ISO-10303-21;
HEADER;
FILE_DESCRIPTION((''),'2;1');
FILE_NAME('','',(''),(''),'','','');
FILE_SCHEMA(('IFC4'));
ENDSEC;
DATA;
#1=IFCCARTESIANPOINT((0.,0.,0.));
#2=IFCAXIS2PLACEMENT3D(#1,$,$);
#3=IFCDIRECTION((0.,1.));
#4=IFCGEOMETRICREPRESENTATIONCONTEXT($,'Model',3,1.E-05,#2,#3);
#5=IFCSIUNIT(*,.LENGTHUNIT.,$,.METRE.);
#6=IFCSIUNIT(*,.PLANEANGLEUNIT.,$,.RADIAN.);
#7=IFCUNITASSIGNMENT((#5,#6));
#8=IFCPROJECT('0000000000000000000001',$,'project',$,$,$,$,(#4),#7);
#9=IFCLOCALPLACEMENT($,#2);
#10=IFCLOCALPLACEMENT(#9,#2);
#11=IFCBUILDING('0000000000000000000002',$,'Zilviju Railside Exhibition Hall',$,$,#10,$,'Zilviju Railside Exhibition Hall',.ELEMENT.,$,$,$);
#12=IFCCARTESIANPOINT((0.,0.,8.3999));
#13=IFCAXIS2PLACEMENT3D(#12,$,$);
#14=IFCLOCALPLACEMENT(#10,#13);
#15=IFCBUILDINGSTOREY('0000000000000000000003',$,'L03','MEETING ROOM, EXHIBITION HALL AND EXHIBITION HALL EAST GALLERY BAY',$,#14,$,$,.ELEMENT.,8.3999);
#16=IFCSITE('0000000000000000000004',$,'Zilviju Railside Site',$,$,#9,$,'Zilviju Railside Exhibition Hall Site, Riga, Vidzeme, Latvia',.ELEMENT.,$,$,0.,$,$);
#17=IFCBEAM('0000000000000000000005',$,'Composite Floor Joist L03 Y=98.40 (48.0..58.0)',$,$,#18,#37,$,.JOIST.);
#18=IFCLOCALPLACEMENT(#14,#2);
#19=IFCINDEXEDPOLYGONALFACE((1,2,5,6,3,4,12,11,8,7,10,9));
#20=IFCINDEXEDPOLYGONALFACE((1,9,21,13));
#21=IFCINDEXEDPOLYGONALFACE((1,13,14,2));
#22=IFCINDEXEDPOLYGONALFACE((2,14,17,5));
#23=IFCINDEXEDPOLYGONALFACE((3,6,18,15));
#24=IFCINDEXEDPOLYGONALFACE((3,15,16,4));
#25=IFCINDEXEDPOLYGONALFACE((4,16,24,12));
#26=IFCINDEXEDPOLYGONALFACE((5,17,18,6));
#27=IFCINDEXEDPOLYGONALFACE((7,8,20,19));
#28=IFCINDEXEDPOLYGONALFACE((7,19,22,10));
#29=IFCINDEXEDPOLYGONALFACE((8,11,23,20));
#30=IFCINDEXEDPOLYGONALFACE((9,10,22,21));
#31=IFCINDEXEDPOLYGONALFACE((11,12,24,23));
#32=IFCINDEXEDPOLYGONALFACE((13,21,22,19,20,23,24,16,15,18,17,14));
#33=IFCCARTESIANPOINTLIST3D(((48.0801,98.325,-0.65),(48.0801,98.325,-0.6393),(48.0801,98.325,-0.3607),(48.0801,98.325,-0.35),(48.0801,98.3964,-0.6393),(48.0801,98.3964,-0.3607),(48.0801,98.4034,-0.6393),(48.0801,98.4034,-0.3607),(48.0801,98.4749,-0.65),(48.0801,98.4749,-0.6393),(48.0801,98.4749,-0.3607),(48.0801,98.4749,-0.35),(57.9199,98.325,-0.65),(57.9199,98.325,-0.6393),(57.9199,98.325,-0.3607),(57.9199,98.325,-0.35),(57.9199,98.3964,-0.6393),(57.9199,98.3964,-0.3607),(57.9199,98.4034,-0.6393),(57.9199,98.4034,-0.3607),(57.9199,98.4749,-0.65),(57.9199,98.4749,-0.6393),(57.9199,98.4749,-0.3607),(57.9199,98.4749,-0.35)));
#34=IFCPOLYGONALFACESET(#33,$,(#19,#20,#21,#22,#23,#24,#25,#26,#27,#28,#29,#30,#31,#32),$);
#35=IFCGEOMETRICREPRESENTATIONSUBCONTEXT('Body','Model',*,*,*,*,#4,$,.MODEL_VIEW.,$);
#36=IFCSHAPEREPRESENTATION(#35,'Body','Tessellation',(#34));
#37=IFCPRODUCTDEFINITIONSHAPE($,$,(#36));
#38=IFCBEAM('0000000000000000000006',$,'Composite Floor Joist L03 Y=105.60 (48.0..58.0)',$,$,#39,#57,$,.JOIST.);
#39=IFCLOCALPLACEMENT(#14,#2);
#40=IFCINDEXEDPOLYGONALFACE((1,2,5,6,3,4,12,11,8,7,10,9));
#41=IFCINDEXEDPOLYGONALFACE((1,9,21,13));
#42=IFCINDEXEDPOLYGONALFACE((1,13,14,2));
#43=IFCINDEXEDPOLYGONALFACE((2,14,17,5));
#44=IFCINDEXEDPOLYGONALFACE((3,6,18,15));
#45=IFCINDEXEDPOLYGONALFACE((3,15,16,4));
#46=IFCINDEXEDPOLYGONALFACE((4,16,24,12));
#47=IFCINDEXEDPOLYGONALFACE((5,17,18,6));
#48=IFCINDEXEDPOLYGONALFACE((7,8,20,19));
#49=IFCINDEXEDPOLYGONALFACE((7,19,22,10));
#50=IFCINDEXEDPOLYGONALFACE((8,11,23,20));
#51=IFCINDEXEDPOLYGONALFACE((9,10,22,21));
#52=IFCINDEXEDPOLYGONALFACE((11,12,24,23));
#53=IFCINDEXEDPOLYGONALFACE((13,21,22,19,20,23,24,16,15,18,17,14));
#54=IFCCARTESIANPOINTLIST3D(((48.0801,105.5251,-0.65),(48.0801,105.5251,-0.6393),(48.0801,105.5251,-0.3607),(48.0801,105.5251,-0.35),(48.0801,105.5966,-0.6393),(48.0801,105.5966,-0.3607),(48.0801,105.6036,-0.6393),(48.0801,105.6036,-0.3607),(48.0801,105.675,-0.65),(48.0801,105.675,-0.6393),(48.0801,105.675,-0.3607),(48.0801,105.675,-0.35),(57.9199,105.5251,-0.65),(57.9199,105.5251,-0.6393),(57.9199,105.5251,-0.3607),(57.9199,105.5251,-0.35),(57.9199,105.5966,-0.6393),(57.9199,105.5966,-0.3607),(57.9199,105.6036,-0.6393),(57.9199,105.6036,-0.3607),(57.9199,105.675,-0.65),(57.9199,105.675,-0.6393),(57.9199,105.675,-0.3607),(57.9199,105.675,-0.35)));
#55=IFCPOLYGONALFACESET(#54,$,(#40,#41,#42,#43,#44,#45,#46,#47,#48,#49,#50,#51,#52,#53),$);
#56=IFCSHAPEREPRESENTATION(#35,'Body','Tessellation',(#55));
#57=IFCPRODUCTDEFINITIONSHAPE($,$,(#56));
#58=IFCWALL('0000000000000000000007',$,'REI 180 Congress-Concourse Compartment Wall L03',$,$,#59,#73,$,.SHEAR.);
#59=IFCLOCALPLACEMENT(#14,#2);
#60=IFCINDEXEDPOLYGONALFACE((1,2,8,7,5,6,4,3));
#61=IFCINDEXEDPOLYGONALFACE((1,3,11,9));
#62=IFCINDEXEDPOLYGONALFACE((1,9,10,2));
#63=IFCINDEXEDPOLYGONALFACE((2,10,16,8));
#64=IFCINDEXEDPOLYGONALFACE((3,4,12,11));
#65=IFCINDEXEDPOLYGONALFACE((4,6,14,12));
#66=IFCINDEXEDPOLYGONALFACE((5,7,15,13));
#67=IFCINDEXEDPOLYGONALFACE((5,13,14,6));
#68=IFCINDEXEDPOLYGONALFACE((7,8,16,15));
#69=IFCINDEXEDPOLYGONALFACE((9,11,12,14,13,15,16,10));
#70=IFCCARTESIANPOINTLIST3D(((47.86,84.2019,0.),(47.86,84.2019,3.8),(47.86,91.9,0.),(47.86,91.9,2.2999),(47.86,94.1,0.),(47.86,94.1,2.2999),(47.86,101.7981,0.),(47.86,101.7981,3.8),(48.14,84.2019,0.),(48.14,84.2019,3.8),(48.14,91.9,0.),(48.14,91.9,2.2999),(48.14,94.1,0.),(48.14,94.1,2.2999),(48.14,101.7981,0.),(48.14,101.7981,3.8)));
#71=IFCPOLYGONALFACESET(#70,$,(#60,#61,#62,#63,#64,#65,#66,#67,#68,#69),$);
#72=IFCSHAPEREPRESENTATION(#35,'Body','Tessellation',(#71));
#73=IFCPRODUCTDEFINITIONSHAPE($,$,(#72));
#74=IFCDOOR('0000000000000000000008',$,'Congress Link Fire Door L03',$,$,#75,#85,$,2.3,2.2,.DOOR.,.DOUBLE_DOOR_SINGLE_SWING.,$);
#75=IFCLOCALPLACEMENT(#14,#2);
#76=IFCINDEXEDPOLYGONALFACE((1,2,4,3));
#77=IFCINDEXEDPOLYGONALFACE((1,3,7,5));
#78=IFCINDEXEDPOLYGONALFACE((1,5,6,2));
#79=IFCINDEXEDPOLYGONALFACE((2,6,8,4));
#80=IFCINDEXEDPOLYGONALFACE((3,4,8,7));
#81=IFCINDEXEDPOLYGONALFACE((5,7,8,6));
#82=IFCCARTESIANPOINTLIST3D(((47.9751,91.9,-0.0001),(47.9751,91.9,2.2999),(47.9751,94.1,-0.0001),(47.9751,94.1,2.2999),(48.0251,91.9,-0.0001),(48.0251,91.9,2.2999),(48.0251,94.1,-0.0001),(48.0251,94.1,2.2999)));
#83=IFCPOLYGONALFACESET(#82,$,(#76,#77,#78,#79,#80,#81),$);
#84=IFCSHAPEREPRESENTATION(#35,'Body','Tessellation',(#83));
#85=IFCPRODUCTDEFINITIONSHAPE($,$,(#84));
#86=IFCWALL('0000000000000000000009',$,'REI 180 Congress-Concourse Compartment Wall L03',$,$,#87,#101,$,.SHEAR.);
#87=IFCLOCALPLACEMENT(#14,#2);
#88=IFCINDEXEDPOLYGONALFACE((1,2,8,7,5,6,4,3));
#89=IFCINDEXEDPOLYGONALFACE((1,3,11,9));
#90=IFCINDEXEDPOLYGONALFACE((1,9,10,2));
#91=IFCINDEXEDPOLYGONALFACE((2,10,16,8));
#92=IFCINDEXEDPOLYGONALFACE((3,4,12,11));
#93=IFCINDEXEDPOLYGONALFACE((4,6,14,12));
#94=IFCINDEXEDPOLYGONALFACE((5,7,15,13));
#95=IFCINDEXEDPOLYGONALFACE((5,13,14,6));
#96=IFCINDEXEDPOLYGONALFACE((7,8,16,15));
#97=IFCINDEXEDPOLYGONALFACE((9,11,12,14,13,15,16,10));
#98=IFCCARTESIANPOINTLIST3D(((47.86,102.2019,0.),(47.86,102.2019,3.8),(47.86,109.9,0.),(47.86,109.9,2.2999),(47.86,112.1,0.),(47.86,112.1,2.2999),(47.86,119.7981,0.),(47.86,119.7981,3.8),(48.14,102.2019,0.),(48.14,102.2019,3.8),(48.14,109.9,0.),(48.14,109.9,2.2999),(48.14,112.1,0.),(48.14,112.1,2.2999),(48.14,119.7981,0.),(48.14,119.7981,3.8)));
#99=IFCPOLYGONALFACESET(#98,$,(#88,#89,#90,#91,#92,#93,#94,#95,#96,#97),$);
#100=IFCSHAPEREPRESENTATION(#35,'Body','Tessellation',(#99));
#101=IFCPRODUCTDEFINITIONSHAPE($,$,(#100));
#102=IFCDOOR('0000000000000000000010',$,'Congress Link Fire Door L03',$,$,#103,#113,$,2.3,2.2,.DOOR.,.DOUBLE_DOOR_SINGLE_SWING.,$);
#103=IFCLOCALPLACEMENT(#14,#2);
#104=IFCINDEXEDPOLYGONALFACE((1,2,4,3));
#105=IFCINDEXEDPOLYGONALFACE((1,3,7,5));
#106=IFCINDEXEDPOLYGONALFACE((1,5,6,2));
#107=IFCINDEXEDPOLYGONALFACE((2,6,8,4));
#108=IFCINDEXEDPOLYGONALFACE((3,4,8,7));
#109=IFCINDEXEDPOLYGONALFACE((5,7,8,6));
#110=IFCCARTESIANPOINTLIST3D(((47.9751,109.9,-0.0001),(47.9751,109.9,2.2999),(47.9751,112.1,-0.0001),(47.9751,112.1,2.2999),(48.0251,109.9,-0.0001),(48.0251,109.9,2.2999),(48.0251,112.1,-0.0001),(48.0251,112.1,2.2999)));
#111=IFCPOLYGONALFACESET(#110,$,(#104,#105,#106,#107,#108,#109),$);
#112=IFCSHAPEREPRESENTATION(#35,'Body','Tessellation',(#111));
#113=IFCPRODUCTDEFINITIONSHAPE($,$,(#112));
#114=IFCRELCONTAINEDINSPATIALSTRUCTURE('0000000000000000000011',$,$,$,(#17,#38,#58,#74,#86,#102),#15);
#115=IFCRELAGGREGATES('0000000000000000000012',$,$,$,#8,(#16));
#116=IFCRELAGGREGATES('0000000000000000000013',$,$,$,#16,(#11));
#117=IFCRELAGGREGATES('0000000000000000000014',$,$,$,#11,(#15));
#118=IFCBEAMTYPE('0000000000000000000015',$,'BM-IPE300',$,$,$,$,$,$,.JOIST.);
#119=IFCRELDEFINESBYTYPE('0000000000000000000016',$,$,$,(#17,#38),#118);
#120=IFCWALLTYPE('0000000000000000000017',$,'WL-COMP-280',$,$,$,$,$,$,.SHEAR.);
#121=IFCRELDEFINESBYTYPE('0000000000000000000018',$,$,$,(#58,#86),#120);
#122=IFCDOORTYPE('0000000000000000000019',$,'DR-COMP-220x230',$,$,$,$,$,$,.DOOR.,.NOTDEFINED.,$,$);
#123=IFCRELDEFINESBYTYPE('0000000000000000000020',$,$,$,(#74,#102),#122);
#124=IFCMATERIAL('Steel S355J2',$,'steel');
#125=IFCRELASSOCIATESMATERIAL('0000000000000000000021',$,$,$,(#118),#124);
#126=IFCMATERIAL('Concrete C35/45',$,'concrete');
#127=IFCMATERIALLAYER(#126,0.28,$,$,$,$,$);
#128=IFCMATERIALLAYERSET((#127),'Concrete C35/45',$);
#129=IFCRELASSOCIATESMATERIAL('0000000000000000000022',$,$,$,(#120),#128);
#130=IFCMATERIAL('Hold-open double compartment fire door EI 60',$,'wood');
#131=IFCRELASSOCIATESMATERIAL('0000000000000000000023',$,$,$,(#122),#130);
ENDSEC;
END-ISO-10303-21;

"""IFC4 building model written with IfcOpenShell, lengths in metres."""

from ifc_helpers import new_model, si_unit, direction, frame, frame_2d, origin, origin_2d, place, context, subcontext, project, spatial, rectangle, i_section, extrude, material, layer, layer_set, material_profile, profile_set, type_object, element, fill, save


model = new_model("IFC4")

# Units and contexts
model_context = context("Model", 3, precision=1e-05, world=origin(), true_north=direction((0.0, 1.0)))
body_context = subcontext(model_context, "Body", "Model", "MODEL_VIEW")
ifc_project = project(units=[si_unit("LENGTHUNIT", "METRE"), si_unit("PLANEANGLEUNIT", "RADIAN")], contexts=[model_context])

# Site, building, storey
site_placement = place(None, origin())
site = spatial("IfcSite", under=ifc_project, at=site_placement, Name="Zilviju Railside Site", LongName="Zilviju Railside Exhibition Hall Site, Riga, Vidzeme, Latvia", CompositionType="ELEMENT", RefElevation=0.0)
building_placement = place(site_placement, origin())
building = spatial("IfcBuilding", under=site, at=building_placement, Name="Zilviju Railside Exhibition Hall", LongName="Zilviju Railside Exhibition Hall", CompositionType="ELEMENT")
storey_placement = place(building_placement, frame((0.0, 0.0, 8.3999)))
storey = spatial("IfcBuildingStorey", under=building, at=storey_placement, Name="L03", Description="MEETING ROOM, EXHIBITION HALL AND EXHIBITION HALL EAST GALLERY BAY", CompositionType="ELEMENT", Elevation=8.3999)

# Shared definitions
ifc_material_1 = material(Name="Steel S355J2", Category="steel")

# Beams
ifc_material_profile_1 = material_profile(ifc_material_1, i_section(OverallWidth=0.1499, OverallDepth=0.3, WebThickness=0.0071, FlangeThickness=0.0107, at=origin_2d()), Name="IPE 300")
ifc_profile_set_1 = profile_set([ifc_material_profile_1], Name="Steel S355J2")
beam_type_1 = type_object("IfcBeamType", Name="BM-IPE300", PredefinedType="JOIST", material=ifc_profile_set_1)
for number, where, z_axis, x_axis, name in (
    (1, (48.0801, 98.3999, -0.5), (1.0, 0.0, 0.0), (0.0, 1.0, 0.0), "Composite Floor Joist L03 Y=98.40 (48.0..58.0)"),
    (2, (48.0801, 105.6001, -0.5), (1.0, 0.0, 0.0), (0.0, 1.0, 0.0), "Composite Floor Joist L03 Y=105.60 (48.0..58.0)"),
):
    element("IfcBeam", number, at=place(storey_placement, frame(where, z_axis=z_axis, x_axis=x_axis)), inside=storey, type_object=beam_type_1, Name=name, PredefinedType="JOIST", context=body_context, shape_type="SweptSolid", body=[
        extrude(i_section(OverallWidth=0.1499, OverallDepth=0.3, WebThickness=0.0071, FlangeThickness=0.0107, at=origin_2d()), origin(), (0.0, 0.0, 1.0), 9.8398),
    ])

# Walls, openings, doors
ifc_material_2 = material(Name="Concrete C35/45", Category="concrete")
ifc_layer = layer(ifc_material_2, 0.28)
ifc_layer_set = layer_set([ifc_layer], Name="Concrete C35/45")
wall_type = type_object("IfcWallType", Name="WL-COMP-280", PredefinedType="SHEAR", material=ifc_layer_set)
wall_1_placement = place(storey_placement, frame((48.0, 84.2019, 0.0), z_axis=(0.0, 0.0, 1.0), x_axis=(0.0, 1.0, 0.0)))
wall_1 = element("IfcWall", 3, at=wall_1_placement, inside=storey, type_object=wall_type, Name="REI 180 Congress-Concourse Compartment Wall L03", PredefinedType="SHEAR", context=body_context, shape_type="SweptSolid", body=[
    extrude(rectangle(XDim=17.5962, YDim=0.28, at=frame_2d((8.7981, 0.0))), origin(), (0.0, 0.0, 1.0), 3.8),
])
opening_1_placement = place(wall_1_placement, frame((7.698, 0.0, 0.0)))
opening_1 = element("IfcOpeningElement", 4, at=opening_1_placement, cuts=wall_1, PredefinedType="OPENING", context=body_context, shape_type="SweptSolid", body=[
    extrude(rectangle(XDim=2.2, YDim=2.3, at=frame_2d((1.1001, 1.1499))), frame((0.0, 0.1499, 0.0), z_axis=(0.0, -1.0, 0.0), x_axis=(1.0, 0.0, 0.0)), (0.0, 0.0, 1.0), 0.3),
])
ifc_material_3 = material(Name="Hold-open double compartment fire door EI 60", Category="wood")
door_type = type_object("IfcDoorType", Name="DR-COMP-220x230", OperationType="NOTDEFINED", PredefinedType="DOOR", material=ifc_material_3)
door_1_placement = place(opening_1_placement, origin())
door_1 = element("IfcDoor", 5, at=door_1_placement, inside=storey, type_object=door_type, Name="Congress Link Fire Door L03", OperationType="DOUBLE_DOOR_SINGLE_SWING", OverallHeight=2.3, OverallWidth=2.2, PredefinedType="DOOR", context=body_context, shape_type="SweptSolid", body=[
    extrude(rectangle(XDim=2.2, YDim=2.3, at=frame_2d((1.1001, 1.1499))), frame((0.0, 0.0249, 0.0), z_axis=(0.0, -1.0, 0.0), x_axis=(1.0, 0.0, 0.0)), (0.0, 0.0, 1.0), 0.05),
])
fill(opening_1, door_1)
wall_2_placement = place(storey_placement, frame((48.0, 102.2019, 0.0), z_axis=(0.0, 0.0, 1.0), x_axis=(0.0, 1.0, 0.0)))
wall_2 = element("IfcWall", 6, at=wall_2_placement, inside=storey, type_object=wall_type, Name="REI 180 Congress-Concourse Compartment Wall L03", PredefinedType="SHEAR", context=body_context, shape_type="SweptSolid", body=[
    extrude(rectangle(XDim=17.5962, YDim=0.28, at=frame_2d((8.7981, 0.0))), origin(), (0.0, 0.0, 1.0), 3.8),
])
opening_2_placement = place(wall_2_placement, frame((7.698, 0.0, 0.0)))
opening_2 = element("IfcOpeningElement", 7, at=opening_2_placement, cuts=wall_2, PredefinedType="OPENING", context=body_context, shape_type="SweptSolid", body=[
    extrude(rectangle(XDim=2.2, YDim=2.3, at=frame_2d((1.1001, 1.1499))), frame((0.0, 0.1499, 0.0), z_axis=(0.0, -1.0, 0.0), x_axis=(1.0, 0.0, 0.0)), (0.0, 0.0, 1.0), 0.3),
])
door_2_placement = place(opening_2_placement, origin())
door_2 = element("IfcDoor", 8, at=door_2_placement, inside=storey, type_object=door_type, Name="Congress Link Fire Door L03", OperationType="DOUBLE_DOOR_SINGLE_SWING", OverallHeight=2.3, OverallWidth=2.2, PredefinedType="DOOR", context=body_context, shape_type="SweptSolid", body=[
    extrude(rectangle(XDim=2.2, YDim=2.3, at=frame_2d((1.1001, 1.1499))), frame((0.0, 0.0249, 0.0), z_axis=(0.0, -1.0, 0.0), x_axis=(1.0, 0.0, 0.0)), (0.0, 0.0, 1.0), 0.05),
])
fill(opening_2, door_2)

save(model, "model.ifc")
